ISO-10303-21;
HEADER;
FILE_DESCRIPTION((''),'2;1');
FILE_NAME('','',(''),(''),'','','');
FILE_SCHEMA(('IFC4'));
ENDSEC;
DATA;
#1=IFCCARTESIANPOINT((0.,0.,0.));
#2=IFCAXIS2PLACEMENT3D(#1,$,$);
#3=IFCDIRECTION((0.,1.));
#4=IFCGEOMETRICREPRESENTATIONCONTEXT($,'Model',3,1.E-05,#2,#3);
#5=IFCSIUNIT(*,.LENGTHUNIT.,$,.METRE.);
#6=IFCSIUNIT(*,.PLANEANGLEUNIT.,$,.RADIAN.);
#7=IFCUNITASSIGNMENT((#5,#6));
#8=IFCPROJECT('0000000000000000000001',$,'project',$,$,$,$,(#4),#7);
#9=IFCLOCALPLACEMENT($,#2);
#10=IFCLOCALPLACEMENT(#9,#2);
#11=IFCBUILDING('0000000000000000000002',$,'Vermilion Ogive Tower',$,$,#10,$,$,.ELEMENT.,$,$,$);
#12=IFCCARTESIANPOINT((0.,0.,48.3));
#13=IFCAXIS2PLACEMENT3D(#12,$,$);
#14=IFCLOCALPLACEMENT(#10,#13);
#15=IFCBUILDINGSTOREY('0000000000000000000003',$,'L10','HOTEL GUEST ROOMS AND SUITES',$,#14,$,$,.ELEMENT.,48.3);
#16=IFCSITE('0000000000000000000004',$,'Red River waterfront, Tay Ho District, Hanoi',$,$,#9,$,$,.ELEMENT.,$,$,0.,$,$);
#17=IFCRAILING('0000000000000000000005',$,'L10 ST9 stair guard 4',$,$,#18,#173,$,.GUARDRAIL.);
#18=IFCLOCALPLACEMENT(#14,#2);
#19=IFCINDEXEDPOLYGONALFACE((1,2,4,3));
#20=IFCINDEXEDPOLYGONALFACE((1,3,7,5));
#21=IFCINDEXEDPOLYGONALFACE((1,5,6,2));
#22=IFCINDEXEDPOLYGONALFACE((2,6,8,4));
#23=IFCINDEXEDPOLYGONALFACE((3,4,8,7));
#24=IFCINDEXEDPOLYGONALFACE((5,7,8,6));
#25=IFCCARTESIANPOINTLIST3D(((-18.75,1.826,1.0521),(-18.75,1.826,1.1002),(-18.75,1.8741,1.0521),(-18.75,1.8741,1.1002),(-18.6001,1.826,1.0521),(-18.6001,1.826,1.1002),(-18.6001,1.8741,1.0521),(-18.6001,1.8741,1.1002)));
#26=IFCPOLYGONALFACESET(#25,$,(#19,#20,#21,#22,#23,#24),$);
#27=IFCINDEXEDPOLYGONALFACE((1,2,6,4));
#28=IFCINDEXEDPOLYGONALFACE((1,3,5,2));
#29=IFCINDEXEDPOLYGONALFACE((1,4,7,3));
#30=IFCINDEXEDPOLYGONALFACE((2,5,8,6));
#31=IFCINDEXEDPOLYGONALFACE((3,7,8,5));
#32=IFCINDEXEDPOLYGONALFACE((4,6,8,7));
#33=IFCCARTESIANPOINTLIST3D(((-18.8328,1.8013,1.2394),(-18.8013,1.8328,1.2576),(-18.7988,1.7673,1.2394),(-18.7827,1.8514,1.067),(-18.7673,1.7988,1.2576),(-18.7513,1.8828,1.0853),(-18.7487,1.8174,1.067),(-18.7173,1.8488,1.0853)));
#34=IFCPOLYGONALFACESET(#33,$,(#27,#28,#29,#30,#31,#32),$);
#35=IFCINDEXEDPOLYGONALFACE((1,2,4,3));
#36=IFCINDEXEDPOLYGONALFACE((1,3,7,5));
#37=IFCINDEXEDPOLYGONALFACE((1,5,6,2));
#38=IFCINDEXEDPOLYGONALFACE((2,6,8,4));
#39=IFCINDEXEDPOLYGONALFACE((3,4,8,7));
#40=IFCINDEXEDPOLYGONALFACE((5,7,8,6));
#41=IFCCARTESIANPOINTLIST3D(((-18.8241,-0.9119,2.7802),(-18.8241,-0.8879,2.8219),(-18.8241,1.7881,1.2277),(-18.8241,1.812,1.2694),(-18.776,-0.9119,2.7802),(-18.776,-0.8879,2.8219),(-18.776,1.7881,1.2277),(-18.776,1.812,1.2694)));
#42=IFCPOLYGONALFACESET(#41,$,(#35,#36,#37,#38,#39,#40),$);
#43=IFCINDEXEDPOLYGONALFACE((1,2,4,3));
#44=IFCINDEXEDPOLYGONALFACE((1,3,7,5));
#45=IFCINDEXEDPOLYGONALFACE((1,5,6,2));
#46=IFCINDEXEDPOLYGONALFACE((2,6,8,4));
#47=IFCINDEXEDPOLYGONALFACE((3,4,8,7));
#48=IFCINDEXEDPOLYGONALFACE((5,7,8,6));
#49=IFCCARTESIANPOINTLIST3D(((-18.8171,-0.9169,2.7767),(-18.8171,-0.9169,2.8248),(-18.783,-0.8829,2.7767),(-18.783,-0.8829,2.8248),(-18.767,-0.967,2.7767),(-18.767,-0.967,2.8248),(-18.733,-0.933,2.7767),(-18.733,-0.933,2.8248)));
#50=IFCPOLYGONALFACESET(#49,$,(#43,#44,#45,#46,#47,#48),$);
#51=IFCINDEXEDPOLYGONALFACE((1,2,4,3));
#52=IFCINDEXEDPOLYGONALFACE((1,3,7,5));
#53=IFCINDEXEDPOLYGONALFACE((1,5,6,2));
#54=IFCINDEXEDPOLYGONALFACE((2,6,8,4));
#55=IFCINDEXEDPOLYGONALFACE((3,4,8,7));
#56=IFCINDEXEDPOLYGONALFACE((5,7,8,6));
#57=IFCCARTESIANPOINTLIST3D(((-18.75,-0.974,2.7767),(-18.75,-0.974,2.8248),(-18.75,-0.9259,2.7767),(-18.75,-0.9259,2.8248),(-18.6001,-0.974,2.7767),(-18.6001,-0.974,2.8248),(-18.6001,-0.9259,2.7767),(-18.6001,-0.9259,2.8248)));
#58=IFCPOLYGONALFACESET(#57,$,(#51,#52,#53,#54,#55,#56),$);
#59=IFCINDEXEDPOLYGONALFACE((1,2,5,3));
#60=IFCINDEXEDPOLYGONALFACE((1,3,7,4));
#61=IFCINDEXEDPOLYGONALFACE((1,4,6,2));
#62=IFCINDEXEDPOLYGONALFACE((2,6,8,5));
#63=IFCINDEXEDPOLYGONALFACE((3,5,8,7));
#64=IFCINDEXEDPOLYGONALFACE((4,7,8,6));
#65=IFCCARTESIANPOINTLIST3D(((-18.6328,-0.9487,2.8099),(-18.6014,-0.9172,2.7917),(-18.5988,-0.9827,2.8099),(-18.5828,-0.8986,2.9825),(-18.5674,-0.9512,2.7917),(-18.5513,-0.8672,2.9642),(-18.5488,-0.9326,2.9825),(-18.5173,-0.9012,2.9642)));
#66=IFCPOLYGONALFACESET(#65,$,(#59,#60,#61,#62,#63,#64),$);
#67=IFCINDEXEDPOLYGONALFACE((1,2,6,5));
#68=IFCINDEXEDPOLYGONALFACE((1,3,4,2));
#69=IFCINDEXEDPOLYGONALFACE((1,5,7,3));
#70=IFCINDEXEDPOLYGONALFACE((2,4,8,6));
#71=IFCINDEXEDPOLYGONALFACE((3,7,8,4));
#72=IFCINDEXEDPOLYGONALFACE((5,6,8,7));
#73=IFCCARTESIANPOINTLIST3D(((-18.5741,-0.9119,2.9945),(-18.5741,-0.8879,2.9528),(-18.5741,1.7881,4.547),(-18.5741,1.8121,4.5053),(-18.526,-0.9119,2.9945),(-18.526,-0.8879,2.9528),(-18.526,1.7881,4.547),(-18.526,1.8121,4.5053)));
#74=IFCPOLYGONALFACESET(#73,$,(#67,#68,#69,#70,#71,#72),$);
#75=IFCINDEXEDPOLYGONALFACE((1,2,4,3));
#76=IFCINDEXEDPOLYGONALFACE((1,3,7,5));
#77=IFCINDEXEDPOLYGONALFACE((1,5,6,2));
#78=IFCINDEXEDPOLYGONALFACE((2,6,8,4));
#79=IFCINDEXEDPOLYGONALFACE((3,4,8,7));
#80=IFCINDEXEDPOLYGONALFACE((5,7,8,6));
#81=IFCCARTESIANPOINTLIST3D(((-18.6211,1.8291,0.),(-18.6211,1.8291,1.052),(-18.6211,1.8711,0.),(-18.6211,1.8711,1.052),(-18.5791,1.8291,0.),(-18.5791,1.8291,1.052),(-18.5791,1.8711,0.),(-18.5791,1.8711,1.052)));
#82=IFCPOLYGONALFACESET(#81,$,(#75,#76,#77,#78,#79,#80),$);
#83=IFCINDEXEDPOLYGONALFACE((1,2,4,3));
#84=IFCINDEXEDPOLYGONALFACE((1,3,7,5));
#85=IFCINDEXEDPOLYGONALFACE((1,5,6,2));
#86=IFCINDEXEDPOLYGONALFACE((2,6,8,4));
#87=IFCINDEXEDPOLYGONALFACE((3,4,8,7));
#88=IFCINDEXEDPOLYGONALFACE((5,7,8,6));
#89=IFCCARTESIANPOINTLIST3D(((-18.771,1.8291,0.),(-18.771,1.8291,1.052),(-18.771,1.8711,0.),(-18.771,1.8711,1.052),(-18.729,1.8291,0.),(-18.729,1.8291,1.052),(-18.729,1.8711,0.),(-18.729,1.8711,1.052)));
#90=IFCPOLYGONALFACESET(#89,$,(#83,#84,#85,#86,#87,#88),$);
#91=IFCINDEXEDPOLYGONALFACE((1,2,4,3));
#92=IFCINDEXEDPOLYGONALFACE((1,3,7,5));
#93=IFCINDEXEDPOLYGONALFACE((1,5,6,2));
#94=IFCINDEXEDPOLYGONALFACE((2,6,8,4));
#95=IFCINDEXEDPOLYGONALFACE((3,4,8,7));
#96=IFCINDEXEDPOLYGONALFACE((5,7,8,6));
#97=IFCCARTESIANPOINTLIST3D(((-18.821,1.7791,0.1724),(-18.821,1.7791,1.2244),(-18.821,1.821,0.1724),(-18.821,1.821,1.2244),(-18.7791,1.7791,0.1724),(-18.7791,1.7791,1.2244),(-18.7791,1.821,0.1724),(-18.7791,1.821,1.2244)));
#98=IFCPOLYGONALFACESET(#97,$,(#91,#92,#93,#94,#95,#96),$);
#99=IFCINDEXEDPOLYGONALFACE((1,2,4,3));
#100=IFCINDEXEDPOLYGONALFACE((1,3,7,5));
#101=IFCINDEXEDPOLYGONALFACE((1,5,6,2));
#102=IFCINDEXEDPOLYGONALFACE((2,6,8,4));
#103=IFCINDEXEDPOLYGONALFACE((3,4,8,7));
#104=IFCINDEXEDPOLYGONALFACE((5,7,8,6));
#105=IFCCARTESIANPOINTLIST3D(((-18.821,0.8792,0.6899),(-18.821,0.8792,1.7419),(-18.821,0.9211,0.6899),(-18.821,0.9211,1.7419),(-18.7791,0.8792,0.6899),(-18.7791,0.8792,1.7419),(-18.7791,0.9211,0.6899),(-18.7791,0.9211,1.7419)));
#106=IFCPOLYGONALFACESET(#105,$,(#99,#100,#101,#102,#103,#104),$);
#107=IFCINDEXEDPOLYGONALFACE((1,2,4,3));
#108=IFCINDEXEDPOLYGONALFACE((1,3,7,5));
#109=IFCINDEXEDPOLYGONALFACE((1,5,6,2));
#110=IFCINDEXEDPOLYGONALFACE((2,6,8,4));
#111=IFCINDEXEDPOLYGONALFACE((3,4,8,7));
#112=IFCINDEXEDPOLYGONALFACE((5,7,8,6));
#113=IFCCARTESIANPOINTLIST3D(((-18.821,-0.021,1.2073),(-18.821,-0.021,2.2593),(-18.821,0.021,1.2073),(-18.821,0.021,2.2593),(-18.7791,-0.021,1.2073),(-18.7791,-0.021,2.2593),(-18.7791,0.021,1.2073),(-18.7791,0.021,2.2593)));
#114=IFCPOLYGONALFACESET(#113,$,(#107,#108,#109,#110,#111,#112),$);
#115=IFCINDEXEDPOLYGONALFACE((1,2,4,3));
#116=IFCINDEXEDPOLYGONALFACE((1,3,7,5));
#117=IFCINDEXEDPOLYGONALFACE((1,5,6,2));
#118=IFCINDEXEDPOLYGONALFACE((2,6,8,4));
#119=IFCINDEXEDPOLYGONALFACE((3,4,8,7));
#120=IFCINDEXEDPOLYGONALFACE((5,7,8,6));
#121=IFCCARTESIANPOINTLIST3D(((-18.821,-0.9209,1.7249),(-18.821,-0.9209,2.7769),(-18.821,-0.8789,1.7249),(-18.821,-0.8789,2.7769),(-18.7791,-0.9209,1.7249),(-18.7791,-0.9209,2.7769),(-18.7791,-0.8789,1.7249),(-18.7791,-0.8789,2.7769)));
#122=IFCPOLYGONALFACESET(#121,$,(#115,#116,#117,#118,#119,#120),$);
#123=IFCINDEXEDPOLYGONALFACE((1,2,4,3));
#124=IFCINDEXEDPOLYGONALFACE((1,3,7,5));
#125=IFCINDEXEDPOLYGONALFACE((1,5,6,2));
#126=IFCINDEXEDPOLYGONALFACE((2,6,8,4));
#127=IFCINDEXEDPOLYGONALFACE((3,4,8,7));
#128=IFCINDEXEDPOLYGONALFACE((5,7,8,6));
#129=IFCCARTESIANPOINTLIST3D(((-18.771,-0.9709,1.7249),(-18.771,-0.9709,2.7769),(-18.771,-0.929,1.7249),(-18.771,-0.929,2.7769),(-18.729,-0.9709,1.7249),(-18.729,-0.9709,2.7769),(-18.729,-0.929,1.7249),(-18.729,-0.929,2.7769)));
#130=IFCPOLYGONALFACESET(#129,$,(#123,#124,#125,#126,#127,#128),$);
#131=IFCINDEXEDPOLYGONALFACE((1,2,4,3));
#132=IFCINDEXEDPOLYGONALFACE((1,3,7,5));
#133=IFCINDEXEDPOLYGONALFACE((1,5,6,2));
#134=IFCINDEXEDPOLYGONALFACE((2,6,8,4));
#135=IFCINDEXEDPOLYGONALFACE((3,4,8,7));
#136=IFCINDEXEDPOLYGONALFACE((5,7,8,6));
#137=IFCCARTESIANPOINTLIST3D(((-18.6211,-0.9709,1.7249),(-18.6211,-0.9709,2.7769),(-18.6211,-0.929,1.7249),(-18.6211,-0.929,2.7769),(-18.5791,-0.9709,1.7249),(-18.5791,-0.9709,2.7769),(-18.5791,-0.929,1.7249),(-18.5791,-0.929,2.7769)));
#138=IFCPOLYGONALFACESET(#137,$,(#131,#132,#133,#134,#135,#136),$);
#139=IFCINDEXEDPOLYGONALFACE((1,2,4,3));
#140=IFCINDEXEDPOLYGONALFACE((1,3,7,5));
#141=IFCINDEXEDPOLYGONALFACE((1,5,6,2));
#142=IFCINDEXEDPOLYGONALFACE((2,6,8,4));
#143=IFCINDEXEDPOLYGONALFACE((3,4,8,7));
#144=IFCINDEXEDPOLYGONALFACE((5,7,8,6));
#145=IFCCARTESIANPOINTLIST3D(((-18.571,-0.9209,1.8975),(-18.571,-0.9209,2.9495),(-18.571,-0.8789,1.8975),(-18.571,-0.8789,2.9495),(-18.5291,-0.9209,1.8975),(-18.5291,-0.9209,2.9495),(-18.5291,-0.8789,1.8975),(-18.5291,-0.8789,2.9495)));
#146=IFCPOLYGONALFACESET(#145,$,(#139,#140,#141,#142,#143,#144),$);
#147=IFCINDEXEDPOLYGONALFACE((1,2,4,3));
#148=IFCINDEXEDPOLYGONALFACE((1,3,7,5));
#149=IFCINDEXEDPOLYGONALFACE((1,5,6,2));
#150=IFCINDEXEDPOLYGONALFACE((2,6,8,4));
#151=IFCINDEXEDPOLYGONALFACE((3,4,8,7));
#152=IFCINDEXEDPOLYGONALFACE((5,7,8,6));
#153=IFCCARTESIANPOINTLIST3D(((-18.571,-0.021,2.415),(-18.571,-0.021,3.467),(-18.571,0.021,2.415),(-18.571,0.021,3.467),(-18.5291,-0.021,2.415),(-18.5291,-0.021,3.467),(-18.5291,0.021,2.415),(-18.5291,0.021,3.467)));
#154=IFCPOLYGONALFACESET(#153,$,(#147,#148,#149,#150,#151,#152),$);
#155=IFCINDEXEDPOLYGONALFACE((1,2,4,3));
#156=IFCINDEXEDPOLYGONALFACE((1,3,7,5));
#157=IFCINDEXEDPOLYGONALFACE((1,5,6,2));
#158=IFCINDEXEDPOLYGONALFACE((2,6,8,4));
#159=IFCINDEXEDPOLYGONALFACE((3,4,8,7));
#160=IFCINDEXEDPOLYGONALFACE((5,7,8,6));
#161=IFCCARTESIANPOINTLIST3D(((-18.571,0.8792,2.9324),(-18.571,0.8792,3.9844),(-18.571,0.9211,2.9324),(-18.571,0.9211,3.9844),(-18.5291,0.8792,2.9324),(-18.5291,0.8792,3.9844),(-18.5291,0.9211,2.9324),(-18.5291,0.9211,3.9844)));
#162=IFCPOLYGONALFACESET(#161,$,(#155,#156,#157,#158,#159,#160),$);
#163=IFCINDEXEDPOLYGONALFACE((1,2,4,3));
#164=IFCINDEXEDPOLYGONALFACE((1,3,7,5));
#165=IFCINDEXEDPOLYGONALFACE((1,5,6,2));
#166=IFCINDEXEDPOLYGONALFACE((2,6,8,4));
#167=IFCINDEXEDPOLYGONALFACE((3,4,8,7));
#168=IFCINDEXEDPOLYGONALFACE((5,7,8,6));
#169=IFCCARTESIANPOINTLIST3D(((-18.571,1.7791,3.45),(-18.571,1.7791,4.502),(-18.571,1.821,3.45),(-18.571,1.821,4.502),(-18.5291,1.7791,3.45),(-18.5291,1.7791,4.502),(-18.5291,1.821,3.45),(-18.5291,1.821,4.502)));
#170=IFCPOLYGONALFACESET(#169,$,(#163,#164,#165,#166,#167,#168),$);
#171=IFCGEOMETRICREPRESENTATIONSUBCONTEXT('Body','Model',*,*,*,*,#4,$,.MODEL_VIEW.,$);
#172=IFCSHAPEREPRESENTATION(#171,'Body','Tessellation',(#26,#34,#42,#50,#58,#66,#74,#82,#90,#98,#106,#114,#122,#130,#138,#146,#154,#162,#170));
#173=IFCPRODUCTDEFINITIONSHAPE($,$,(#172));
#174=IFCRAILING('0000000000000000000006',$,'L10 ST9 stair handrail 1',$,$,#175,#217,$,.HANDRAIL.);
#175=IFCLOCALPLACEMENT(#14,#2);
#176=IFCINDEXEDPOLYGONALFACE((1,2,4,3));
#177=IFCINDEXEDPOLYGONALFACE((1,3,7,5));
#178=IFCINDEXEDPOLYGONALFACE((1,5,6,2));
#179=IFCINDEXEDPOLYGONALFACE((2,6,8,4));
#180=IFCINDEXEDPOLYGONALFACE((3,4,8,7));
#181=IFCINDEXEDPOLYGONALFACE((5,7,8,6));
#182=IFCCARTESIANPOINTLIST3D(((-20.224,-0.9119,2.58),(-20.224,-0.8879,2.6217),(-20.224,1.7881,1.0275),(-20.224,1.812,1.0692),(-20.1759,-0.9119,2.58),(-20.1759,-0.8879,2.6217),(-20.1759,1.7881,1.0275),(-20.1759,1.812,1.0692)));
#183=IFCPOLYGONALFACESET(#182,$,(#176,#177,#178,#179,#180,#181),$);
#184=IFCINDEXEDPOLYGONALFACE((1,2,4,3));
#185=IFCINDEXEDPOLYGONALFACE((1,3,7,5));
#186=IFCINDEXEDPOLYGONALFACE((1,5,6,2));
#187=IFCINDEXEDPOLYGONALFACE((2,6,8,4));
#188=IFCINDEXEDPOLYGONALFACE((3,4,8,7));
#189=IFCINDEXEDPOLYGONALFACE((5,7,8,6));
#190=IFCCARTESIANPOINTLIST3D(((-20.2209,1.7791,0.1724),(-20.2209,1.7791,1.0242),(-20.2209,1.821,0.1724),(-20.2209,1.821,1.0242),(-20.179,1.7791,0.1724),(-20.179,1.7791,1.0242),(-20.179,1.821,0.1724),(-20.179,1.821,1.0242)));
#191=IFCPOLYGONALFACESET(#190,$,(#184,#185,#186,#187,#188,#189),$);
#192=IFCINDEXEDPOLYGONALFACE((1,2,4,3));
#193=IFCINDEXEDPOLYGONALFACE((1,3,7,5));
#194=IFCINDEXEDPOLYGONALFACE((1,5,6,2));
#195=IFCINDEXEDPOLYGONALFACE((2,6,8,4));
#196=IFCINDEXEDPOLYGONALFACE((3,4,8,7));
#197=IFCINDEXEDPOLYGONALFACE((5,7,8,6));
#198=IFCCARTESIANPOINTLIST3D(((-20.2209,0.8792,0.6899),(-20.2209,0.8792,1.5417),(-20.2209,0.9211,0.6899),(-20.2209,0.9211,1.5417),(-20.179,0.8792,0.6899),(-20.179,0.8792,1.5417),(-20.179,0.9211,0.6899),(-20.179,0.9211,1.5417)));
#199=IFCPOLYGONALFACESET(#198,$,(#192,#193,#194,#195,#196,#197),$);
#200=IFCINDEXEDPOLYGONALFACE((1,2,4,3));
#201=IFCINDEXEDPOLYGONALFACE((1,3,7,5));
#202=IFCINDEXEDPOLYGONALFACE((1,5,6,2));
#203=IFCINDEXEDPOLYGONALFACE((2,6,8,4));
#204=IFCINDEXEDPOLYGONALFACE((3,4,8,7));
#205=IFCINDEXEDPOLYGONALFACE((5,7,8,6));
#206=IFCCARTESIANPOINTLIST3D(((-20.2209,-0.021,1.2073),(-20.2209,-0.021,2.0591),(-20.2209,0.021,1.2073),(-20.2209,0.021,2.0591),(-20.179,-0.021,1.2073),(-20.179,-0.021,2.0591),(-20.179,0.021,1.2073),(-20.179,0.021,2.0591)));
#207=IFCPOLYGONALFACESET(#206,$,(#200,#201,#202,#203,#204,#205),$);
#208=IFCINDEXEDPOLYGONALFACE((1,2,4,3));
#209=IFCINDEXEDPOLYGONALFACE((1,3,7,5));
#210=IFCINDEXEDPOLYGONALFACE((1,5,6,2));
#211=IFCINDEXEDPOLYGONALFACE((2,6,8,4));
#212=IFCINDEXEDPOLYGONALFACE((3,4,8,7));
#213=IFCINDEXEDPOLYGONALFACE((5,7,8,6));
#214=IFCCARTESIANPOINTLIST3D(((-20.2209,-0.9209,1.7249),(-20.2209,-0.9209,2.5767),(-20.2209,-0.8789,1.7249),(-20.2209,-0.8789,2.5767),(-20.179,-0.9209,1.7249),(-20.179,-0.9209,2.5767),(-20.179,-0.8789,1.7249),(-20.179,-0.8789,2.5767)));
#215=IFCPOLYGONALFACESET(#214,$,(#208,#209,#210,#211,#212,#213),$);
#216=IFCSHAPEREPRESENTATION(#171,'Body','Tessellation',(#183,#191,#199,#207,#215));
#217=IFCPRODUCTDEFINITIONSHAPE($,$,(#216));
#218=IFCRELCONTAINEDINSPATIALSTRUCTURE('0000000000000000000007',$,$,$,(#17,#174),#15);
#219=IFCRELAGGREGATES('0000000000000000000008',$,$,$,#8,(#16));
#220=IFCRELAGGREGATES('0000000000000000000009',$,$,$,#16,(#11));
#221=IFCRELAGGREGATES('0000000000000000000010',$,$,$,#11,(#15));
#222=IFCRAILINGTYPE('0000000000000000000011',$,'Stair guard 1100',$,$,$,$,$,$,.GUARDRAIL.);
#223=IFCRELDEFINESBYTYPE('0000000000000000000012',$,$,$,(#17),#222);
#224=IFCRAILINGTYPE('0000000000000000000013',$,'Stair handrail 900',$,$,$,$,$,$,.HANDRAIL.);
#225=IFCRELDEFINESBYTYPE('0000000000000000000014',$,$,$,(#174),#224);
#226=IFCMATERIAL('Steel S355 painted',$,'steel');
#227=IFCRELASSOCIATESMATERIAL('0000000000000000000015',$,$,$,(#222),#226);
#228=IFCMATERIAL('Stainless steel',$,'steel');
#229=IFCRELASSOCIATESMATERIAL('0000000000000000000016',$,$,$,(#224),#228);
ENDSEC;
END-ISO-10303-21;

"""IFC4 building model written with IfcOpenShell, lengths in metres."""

from ifc_helpers import new_model, si_unit, direction, frame, origin, origin_2d, place, context, subcontext, project, spatial, rectangle, extrude, material, type_object, element, save


model = new_model("IFC4")

# Units and contexts
model_context = context("Model", 3, precision=1e-05, world=origin(), true_north=direction((0.0, 1.0)))
body_context = subcontext(model_context, "Body", "Model", "MODEL_VIEW")
ifc_project = project(units=[si_unit("LENGTHUNIT", "METRE"), si_unit("PLANEANGLEUNIT", "RADIAN")], contexts=[model_context])

# Site, building, storey
site_placement = place(None, origin())
site = spatial("IfcSite", under=ifc_project, at=site_placement, Name="Red River waterfront, Tay Ho District, Hanoi", CompositionType="ELEMENT", RefElevation=0.0)
building_placement = place(site_placement, origin())
building = spatial("IfcBuilding", under=site, at=building_placement, Name="Vermilion Ogive Tower", CompositionType="ELEMENT")
storey_placement = place(building_placement, frame((0.0, 0.0, 48.3)))
storey = spatial("IfcBuildingStorey", under=building, at=storey_placement, Name="L10", Description="HOTEL GUEST ROOMS AND SUITES", CompositionType="ELEMENT", Elevation=48.3)

# Railings
ifc_material_1 = material(Name="Steel S355 painted", Category="steel")
railing_type_1 = type_object("IfcRailingType", Name="Stair guard 1100", PredefinedType="GUARDRAIL", material=ifc_material_1)
railing_1_placement = place(storey_placement, frame((-18.6001, 1.8501, 0.0)))
element("IfcRailing", 1, at=railing_1_placement, inside=storey, type_object=railing_type_1, Name="L10 ST9 stair guard 4", PredefinedType="GUARDRAIL", context=body_context, shape_type="SweptSolid", body=[
    extrude(rectangle(XDim=0.0481, YDim=0.0481, at=origin_2d()), frame((0.0, 0.0, 1.0762), z_axis=(-1.0, 0.0, 0.0), x_axis=(0.0, -1.0, 0.0)), (0.0, 0.0, 1.0), 0.1499),
    extrude(rectangle(XDim=0.0481, YDim=0.0481, at=origin_2d()), frame((-0.1499, 0.0, 1.0762), z_axis=(-0.268603, -0.268603, 0.925043), x_axis=(0.707107, -0.707107, 0.0)), (0.0, 0.0, 1.0), 0.1863),
    extrude(rectangle(XDim=0.0481, YDim=0.0481, at=origin_2d()), frame((-0.2, -0.05, 1.2485), z_axis=(0.0, -0.866904, 0.498476), x_axis=(1.0, 0.0, 0.0)), (0.0, 0.0, 1.0), 3.1145),
    extrude(rectangle(XDim=0.0481, YDim=0.0481, at=origin_2d()), frame((-0.2, -2.75, 2.8008), z_axis=(0.707107, -0.707107, 0.0), x_axis=(0.707107, 0.707107, 0.0)), (0.0, 0.0, 1.0), 0.0708),
    extrude(rectangle(XDim=0.0481, YDim=0.0481, at=origin_2d()), frame((-0.1499, -2.8, 2.8008), z_axis=(1.0, 0.0, 0.0), x_axis=(0.0, 1.0, 0.0)), (0.0, 0.0, 1.0), 0.1499),
    extrude(rectangle(XDim=0.0481, YDim=0.0481, at=origin_2d()), frame((0.0, -2.8, 2.8008), z_axis=(0.268278, 0.268278, 0.925232), x_axis=(-0.707107, 0.707107, 0.0)), (0.0, 0.0, 1.0), 0.1865),
    extrude(rectangle(XDim=0.0481, YDim=0.0481, at=origin_2d()), frame((0.05, -2.75, 2.9736), z_axis=(0.0, 0.866904, 0.498476), x_axis=(-1.0, 0.0, 0.0)), (0.0, 0.0, 1.0), 3.1145),
    extrude(rectangle(XDim=0.042, YDim=0.042, at=origin_2d()), origin(), (0.0, 0.0, 1.0), 1.052),
    extrude(rectangle(XDim=0.042, YDim=0.042, at=origin_2d()), frame((-0.1499, 0.0, 0.0)), (0.0, 0.0, 1.0), 1.052),
    extrude(rectangle(XDim=0.042, YDim=0.042, at=origin_2d()), frame((-0.2, -0.05, 0.1724)), (0.0, 0.0, 1.0), 1.052),
    extrude(rectangle(XDim=0.042, YDim=0.042, at=origin_2d()), frame((-0.2, -0.95, 0.6899)), (0.0, 0.0, 1.0), 1.052),
    extrude(rectangle(XDim=0.042, YDim=0.042, at=origin_2d()), frame((-0.2, -1.8501, 1.2073)), (0.0, 0.0, 1.0), 1.052),
    extrude(rectangle(XDim=0.042, YDim=0.042, at=origin_2d()), frame((-0.2, -2.75, 1.7249)), (0.0, 0.0, 1.0), 1.052),
    extrude(rectangle(XDim=0.042, YDim=0.042, at=origin_2d()), frame((-0.1499, -2.8, 1.7249)), (0.0, 0.0, 1.0), 1.052),
    extrude(rectangle(XDim=0.042, YDim=0.042, at=origin_2d()), frame((0.0, -2.8, 1.7249)), (0.0, 0.0, 1.0), 1.052),
    extrude(rectangle(XDim=0.042, YDim=0.042, at=origin_2d()), frame((0.05, -2.75, 1.8975)), (0.0, 0.0, 1.0), 1.052),
    extrude(rectangle(XDim=0.042, YDim=0.042, at=origin_2d()), frame((0.05, -1.8501, 2.415)), (0.0, 0.0, 1.0), 1.052),
    extrude(rectangle(XDim=0.042, YDim=0.042, at=origin_2d()), frame((0.05, -0.95, 2.9324)), (0.0, 0.0, 1.0), 1.052),
    extrude(rectangle(XDim=0.042, YDim=0.042, at=origin_2d()), frame((0.05, -0.05, 3.45)), (0.0, 0.0, 1.0), 1.052),
])
ifc_material_2 = material(Name="Stainless steel", Category="steel")
railing_type_2 = type_object("IfcRailingType", Name="Stair handrail 900", PredefinedType="HANDRAIL", material=ifc_material_2)
railing_2_placement = place(storey_placement, frame((-20.2, 1.8, 0.1724)))
element("IfcRailing", 2, at=railing_2_placement, inside=storey, type_object=railing_type_2, Name="L10 ST9 stair handrail 1", PredefinedType="HANDRAIL", context=body_context, shape_type="SweptSolid", body=[
    extrude(rectangle(XDim=0.0481, YDim=0.0481, at=origin_2d()), frame((0.0, 0.0, 0.876), z_axis=(0.0, -0.866904, 0.498476), x_axis=(1.0, 0.0, 0.0)), (0.0, 0.0, 1.0), 3.1145),
    extrude(rectangle(XDim=0.042, YDim=0.042, at=origin_2d()), origin(), (0.0, 0.0, 1.0), 0.8518),
    extrude(rectangle(XDim=0.042, YDim=0.042, at=origin_2d()), frame((0.0, -0.8999, 0.5176)), (0.0, 0.0, 1.0), 0.8518),
    extrude(rectangle(XDim=0.042, YDim=0.042, at=origin_2d()), frame((0.0, -1.8, 1.0349)), (0.0, 0.0, 1.0), 0.8518),
    extrude(rectangle(XDim=0.042, YDim=0.042, at=origin_2d()), frame((0.0, -2.7, 1.5525)), (0.0, 0.0, 1.0), 0.8518),
])

save(model, "model.ifc")
